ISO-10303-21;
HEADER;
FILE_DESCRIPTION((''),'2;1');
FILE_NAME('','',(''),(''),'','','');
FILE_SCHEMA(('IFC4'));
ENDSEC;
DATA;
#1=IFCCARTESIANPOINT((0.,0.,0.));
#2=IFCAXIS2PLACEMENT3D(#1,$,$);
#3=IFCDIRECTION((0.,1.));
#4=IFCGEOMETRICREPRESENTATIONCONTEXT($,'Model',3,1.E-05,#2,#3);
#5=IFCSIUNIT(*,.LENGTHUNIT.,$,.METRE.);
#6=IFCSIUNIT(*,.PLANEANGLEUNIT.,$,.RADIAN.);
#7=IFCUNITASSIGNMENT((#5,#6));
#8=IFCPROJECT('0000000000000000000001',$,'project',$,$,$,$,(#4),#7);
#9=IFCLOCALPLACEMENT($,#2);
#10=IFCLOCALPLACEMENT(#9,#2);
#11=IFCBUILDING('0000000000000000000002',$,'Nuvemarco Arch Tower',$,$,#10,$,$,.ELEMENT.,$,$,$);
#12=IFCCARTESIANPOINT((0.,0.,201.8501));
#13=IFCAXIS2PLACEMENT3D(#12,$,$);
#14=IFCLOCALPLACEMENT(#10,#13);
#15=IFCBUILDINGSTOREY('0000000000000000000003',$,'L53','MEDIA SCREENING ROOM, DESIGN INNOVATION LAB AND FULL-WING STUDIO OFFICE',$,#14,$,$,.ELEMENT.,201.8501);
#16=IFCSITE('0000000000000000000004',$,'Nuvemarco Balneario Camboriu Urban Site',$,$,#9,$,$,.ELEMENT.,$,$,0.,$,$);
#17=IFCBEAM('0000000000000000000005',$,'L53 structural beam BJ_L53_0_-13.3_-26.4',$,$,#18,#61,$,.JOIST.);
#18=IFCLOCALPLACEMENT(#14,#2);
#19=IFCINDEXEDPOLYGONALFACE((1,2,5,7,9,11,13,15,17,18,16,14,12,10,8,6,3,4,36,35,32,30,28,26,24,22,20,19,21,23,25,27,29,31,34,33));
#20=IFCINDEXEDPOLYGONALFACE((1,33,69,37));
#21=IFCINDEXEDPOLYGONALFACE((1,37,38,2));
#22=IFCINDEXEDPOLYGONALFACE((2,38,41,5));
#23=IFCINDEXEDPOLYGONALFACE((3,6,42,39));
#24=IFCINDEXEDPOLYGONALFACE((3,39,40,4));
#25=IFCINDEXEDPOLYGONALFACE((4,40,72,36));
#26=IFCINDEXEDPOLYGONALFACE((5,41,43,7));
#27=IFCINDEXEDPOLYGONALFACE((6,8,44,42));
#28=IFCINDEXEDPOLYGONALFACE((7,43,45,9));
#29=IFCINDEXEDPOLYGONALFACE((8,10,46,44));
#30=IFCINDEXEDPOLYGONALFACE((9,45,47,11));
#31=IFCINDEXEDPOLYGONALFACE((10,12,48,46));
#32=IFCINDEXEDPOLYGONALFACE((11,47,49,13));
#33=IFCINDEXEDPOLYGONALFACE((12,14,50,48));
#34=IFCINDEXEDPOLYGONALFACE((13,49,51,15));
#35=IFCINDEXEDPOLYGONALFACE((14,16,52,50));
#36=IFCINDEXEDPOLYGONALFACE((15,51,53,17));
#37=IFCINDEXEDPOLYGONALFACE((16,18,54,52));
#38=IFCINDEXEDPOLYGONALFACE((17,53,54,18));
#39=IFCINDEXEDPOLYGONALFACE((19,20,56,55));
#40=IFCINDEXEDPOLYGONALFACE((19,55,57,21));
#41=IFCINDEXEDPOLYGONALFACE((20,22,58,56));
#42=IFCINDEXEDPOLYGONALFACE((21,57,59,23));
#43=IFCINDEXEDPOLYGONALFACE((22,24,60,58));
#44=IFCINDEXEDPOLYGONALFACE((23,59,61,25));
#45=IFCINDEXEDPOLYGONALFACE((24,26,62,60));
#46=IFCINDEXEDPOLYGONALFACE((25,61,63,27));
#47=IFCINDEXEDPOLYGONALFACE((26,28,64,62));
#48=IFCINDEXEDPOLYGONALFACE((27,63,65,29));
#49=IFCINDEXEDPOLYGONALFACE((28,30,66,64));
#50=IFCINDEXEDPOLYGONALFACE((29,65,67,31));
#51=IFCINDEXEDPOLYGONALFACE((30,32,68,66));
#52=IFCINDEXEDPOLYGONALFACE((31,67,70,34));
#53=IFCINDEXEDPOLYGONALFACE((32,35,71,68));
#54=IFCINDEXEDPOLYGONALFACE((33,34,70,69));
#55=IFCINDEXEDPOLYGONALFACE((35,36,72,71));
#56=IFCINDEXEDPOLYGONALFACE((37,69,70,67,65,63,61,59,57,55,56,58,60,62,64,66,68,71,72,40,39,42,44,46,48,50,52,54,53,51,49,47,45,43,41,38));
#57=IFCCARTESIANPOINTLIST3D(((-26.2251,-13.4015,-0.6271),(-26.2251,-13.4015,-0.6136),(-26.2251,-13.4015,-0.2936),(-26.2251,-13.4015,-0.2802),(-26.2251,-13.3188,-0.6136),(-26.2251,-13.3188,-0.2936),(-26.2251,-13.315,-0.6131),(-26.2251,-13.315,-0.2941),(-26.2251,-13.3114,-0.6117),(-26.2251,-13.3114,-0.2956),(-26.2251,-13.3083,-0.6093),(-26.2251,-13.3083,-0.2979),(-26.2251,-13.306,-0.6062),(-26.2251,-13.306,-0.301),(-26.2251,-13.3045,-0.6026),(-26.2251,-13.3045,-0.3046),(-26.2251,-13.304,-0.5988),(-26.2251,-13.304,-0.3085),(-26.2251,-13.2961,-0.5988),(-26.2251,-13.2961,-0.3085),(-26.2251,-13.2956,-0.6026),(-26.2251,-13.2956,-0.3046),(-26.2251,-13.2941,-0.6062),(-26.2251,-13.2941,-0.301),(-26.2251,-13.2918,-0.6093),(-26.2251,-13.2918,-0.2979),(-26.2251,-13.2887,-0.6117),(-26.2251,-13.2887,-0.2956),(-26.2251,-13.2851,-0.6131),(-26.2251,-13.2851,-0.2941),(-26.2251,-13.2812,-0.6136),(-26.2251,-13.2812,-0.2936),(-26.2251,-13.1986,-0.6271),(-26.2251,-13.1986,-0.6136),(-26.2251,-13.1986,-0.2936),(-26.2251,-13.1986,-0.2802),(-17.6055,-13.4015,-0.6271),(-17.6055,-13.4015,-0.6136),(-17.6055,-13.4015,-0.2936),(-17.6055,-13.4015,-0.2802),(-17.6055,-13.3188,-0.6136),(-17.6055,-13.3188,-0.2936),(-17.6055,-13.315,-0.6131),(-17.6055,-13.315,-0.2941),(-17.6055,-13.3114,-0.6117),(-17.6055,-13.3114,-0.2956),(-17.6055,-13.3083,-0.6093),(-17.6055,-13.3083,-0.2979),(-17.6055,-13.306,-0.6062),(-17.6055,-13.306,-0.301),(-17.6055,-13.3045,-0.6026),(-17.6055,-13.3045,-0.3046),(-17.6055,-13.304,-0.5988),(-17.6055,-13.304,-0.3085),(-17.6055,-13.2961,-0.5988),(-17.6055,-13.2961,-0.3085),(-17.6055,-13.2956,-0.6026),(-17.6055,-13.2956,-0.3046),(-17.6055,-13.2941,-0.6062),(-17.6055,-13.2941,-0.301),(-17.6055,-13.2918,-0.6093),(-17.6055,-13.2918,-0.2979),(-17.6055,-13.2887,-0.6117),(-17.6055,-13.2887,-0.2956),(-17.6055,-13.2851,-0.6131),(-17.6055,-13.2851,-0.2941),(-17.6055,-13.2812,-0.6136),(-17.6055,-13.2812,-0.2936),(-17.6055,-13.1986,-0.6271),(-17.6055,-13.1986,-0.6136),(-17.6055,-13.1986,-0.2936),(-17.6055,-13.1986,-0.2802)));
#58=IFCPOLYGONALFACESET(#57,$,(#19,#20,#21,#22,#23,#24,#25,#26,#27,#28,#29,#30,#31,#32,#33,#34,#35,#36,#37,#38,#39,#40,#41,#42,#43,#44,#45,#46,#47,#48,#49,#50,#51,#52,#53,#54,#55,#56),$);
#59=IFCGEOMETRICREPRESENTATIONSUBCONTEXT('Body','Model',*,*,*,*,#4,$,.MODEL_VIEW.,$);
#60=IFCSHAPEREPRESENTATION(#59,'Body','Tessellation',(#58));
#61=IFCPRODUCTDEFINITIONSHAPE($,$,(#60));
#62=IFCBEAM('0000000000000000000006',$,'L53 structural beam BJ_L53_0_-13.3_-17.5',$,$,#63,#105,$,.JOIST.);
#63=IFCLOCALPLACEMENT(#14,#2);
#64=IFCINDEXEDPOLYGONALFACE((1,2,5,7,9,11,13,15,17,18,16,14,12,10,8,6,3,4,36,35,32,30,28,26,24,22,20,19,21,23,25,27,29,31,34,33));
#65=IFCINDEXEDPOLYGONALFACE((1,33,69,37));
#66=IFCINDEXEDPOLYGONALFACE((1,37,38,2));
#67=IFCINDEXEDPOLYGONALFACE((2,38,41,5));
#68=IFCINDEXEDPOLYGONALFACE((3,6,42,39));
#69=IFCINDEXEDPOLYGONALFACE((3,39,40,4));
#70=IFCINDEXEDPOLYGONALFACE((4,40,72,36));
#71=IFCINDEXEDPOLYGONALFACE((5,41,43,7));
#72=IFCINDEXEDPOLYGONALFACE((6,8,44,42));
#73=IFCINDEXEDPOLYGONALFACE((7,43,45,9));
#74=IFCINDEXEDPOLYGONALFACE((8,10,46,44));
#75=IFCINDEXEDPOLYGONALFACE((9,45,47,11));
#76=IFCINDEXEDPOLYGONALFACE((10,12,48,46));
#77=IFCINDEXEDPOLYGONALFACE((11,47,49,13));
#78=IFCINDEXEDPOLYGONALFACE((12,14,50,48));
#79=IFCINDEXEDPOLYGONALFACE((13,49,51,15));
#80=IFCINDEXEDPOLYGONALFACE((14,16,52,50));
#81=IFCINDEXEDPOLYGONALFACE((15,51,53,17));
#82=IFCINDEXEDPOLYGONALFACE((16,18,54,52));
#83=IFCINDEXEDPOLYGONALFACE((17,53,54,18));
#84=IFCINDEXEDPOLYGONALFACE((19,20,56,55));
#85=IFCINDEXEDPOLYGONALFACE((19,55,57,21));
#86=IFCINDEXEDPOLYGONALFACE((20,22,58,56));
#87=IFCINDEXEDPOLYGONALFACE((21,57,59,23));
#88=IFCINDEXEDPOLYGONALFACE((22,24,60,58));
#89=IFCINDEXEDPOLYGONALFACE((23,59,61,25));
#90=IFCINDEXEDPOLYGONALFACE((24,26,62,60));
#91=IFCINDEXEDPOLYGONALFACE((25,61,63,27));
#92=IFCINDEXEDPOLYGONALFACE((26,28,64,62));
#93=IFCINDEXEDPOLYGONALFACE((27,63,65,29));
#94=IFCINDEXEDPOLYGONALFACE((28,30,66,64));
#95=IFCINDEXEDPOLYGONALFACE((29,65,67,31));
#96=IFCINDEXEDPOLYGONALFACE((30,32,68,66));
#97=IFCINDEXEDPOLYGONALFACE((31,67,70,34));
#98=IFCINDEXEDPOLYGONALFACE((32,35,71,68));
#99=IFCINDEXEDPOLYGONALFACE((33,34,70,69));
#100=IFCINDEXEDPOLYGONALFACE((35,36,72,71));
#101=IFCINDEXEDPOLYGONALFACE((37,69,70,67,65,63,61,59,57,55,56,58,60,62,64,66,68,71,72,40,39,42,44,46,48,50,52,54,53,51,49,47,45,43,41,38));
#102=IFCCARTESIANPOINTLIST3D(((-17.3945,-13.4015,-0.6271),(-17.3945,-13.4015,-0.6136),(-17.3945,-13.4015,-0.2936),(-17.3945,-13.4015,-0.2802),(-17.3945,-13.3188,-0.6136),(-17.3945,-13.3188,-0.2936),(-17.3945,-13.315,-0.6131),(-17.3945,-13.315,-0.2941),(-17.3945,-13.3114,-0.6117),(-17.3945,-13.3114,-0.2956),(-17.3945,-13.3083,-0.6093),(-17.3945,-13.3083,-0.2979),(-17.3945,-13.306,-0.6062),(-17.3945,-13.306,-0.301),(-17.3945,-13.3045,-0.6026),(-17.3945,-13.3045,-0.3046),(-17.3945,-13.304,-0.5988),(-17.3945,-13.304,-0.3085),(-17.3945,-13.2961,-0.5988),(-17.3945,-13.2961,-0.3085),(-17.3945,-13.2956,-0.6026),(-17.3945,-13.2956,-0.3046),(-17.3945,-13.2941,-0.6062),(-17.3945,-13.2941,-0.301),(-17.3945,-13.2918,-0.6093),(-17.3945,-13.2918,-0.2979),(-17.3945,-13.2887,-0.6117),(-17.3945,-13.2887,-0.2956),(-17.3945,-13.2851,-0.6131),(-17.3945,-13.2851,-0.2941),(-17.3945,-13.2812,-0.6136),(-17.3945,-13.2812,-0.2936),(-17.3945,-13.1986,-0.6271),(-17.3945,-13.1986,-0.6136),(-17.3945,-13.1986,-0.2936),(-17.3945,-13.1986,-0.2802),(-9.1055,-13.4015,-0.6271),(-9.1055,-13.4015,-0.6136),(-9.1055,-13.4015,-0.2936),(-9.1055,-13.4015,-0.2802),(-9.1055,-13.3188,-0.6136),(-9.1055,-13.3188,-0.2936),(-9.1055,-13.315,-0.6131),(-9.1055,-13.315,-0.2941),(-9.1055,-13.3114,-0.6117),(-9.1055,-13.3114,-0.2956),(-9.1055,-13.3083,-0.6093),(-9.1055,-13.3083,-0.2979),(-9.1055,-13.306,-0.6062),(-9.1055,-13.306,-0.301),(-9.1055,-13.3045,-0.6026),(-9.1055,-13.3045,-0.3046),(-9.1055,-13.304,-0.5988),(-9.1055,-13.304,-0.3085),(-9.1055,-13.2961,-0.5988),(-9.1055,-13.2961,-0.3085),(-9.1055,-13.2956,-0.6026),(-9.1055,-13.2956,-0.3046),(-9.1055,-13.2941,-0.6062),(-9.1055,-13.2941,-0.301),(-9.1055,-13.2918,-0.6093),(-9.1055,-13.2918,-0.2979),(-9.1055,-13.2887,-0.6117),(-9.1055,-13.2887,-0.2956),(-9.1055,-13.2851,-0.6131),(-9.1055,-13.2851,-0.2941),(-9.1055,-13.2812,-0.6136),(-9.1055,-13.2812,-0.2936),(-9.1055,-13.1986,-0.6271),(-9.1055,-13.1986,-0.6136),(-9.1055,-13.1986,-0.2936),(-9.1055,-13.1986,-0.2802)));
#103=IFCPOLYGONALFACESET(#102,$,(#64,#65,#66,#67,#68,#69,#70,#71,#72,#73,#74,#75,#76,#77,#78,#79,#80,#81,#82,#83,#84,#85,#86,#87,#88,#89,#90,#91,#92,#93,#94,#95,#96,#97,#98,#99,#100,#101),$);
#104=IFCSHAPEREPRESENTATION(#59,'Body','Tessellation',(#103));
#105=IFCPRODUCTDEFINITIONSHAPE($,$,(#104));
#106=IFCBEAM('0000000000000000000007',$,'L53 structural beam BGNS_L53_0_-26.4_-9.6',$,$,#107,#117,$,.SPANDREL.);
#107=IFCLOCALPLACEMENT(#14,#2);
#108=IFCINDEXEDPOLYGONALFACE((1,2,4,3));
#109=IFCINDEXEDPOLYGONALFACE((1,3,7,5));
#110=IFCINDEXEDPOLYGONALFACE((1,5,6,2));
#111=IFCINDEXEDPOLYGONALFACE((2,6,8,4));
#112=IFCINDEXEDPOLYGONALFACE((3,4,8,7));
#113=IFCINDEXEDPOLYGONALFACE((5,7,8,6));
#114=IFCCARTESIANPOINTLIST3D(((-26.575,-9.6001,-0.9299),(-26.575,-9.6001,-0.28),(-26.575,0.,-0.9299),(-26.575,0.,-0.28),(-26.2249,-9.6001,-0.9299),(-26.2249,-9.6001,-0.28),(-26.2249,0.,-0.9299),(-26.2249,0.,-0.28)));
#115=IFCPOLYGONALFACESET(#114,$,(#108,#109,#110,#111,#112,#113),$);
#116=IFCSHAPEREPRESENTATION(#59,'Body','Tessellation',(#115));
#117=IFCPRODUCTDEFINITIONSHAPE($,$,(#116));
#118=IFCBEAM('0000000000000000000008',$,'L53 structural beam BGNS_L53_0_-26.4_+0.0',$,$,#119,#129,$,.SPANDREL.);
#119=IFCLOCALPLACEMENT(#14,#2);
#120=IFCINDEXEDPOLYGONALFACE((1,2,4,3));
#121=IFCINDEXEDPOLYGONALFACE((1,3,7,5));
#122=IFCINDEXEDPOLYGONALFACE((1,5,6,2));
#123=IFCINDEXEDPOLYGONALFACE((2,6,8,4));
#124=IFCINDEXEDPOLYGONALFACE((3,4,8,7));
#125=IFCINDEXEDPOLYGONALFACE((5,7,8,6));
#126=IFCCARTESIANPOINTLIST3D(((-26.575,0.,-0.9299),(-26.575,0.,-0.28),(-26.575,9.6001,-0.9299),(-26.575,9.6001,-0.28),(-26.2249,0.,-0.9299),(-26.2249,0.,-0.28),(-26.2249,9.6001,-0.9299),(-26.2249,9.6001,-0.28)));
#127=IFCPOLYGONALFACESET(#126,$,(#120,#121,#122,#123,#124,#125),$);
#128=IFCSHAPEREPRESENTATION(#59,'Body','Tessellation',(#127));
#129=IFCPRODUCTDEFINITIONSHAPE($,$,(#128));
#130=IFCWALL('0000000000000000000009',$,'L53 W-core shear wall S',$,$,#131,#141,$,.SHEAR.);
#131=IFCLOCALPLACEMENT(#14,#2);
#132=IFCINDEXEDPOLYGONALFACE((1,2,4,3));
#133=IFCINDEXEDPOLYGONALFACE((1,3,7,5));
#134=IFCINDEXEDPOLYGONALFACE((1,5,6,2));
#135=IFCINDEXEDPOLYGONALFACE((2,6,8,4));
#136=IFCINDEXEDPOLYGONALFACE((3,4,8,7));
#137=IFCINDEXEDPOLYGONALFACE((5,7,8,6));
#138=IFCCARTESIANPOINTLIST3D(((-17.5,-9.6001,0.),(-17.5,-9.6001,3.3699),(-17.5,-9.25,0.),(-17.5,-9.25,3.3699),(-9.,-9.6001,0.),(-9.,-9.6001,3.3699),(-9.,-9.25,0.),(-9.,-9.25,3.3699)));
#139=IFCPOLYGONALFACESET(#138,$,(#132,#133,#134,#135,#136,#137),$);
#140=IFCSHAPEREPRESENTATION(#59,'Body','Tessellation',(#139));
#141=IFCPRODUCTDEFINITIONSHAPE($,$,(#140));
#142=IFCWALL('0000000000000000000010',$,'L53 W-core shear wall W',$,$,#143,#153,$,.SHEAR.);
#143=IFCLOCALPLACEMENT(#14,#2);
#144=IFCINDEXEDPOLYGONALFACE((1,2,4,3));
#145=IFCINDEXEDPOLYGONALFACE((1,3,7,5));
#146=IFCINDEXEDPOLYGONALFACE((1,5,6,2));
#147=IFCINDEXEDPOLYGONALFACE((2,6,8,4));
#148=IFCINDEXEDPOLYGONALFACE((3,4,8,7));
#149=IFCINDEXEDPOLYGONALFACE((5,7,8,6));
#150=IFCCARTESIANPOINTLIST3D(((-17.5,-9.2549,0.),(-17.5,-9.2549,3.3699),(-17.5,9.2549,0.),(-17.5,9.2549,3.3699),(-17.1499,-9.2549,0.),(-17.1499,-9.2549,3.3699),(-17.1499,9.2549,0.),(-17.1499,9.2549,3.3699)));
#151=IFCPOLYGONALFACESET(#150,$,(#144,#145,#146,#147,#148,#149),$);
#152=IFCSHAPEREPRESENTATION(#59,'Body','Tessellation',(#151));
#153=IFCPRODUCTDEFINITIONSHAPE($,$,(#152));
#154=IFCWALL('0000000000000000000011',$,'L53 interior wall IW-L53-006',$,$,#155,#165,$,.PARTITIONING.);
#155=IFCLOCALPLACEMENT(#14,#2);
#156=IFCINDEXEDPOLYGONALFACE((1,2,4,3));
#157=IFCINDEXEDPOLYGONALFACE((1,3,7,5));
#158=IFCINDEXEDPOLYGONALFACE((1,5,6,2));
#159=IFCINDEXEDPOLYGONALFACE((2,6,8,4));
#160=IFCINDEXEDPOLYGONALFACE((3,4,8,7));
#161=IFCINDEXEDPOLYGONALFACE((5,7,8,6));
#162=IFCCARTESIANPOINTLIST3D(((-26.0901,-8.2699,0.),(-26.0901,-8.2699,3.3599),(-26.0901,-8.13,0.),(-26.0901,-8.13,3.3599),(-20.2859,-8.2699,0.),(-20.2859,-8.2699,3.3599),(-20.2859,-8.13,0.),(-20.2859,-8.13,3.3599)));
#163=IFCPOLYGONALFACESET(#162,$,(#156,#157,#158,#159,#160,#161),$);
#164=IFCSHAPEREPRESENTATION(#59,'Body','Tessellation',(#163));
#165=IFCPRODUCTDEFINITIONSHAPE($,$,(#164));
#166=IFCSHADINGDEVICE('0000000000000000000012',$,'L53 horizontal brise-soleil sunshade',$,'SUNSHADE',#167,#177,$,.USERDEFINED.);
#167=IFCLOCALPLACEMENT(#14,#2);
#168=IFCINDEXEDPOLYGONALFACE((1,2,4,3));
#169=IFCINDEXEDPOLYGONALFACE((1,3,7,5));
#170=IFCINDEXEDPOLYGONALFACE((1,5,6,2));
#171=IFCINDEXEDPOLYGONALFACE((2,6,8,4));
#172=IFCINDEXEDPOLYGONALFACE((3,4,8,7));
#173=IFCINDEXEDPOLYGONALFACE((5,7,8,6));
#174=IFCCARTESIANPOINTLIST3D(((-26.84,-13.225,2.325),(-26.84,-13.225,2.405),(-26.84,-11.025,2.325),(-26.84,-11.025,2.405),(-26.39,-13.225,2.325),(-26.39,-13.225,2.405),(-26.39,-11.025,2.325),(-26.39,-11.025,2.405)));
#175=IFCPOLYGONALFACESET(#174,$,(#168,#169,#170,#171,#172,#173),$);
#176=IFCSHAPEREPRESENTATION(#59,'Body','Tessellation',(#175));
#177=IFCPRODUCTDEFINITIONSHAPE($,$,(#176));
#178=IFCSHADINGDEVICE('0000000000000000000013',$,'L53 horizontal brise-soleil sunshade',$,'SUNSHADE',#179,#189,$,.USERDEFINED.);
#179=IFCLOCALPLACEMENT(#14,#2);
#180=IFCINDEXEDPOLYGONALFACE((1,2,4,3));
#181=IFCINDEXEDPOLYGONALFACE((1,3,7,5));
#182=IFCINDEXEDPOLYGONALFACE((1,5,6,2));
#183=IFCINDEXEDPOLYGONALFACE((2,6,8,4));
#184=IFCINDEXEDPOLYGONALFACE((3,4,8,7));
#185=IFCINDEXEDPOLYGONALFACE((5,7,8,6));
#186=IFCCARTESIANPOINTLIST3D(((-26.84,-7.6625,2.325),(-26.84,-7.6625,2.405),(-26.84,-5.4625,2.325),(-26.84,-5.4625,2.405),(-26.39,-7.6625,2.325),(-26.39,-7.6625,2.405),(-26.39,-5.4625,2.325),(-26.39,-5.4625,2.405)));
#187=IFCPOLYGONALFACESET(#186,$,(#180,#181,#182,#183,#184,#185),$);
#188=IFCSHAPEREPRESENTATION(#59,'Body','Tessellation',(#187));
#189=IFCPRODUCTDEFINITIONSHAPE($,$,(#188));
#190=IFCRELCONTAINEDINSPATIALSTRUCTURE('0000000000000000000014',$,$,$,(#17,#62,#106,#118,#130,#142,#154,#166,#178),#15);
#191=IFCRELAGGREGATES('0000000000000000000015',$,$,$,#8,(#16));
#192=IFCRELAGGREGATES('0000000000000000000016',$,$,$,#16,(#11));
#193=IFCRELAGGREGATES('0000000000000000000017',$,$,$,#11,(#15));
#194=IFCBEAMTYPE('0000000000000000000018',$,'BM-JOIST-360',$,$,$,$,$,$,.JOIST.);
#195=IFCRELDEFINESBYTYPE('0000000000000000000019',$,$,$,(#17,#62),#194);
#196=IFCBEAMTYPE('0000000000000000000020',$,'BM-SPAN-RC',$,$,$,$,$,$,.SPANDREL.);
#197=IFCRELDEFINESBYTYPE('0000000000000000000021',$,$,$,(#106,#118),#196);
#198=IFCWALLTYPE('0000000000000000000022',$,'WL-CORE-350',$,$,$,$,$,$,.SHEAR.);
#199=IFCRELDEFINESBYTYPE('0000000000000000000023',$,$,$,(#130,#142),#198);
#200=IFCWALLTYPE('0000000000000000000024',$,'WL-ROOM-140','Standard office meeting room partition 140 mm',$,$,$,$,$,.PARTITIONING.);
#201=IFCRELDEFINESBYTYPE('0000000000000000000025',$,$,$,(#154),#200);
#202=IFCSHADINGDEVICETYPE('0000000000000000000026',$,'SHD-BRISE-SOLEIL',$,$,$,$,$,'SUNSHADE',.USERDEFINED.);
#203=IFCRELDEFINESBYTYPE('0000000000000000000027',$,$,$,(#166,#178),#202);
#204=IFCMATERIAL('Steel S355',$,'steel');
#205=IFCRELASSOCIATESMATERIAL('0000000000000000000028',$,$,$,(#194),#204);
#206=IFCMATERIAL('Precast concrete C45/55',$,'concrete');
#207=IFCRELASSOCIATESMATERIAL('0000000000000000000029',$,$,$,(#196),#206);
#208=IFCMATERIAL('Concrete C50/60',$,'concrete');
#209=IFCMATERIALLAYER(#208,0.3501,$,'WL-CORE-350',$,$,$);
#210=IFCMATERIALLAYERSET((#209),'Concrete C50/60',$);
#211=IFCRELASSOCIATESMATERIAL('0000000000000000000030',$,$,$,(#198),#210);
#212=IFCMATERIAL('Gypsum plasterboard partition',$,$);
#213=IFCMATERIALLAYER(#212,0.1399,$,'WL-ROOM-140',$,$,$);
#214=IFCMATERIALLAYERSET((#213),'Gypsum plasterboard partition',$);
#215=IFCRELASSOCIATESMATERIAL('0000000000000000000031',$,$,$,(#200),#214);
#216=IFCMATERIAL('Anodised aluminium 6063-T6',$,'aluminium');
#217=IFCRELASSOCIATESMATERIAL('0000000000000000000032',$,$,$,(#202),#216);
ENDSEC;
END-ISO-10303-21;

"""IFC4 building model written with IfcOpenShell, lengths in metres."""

from ifc_helpers import new_model, si_unit, direction, frame, frame_2d, origin, origin_2d, place, context, subcontext, project, spatial, rectangle, i_section, extrude, source, transform, mapped, material, layer, layer_set, material_profile, profile_set, type_object, type_shapes, element, save


model = new_model("IFC4")

# Units and contexts
model_context = context("Model", 3, precision=1e-05, world=origin(), true_north=direction((0.0, 1.0)))
body_context = subcontext(model_context, "Body", "Model", "MODEL_VIEW")
ifc_project = project(units=[si_unit("LENGTHUNIT", "METRE"), si_unit("PLANEANGLEUNIT", "RADIAN")], contexts=[model_context])

# Site, building, storey
site_placement = place(None, origin())
site = spatial("IfcSite", under=ifc_project, at=site_placement, Name="Nuvemarco Balneario Camboriu Urban Site", CompositionType="ELEMENT", RefElevation=0.0)
building_placement = place(site_placement, origin())
building = spatial("IfcBuilding", under=site, at=building_placement, Name="Nuvemarco Arch Tower", CompositionType="ELEMENT")
storey_placement = place(building_placement, frame((0.0, 0.0, 201.8501)))
storey = spatial("IfcBuildingStorey", under=building, at=storey_placement, Name="L53", Description="MEDIA SCREENING ROOM, DESIGN INNOVATION LAB AND FULL-WING STUDIO OFFICE", CompositionType="ELEMENT", Elevation=201.8501)

# Shared definitions
ifc_material_1 = material(Name="Concrete C50/60", Category="concrete")
ifc_material_2 = material(Name="Steel S355", Category="steel")

# Beams
ifc_material_profile_1 = material_profile(ifc_material_2, i_section(OverallWidth=0.2029, OverallDepth=0.3469, WebThickness=0.0078, FlangeThickness=0.0134, FilletRadius=0.0149, at=origin_2d()), Name="W360x64")
ifc_profile_set_1 = profile_set([ifc_material_profile_1], Name="Steel S355")
beam_type_1 = type_object("IfcBeamType", Name="BM-JOIST-360", PredefinedType="JOIST", material=ifc_profile_set_1)
beam_1_placement = place(storey_placement, frame((-26.2251, -13.3, -0.4536), z_axis=(1.0, 0.0, 0.0), x_axis=(0.0, 1.0, 0.0)))
element("IfcBeam", 1, at=beam_1_placement, inside=storey, type_object=beam_type_1, Name="L53 structural beam BJ_L53_0_-13.3_-26.4", PredefinedType="JOIST", context=body_context, shape_type="SweptSolid", body=[
    extrude(i_section(OverallWidth=0.2029, OverallDepth=0.3469, WebThickness=0.0078, FlangeThickness=0.0134, FilletRadius=0.0149, at=origin_2d()), origin(), (0.0, 0.0, 1.0), 8.6196),
])
beam_2_placement = place(storey_placement, frame((-17.3945, -13.3, -0.4536), z_axis=(1.0, 0.0, 0.0), x_axis=(0.0, 1.0, 0.0)))
element("IfcBeam", 2, at=beam_2_placement, inside=storey, type_object=beam_type_1, Name="L53 structural beam BJ_L53_0_-13.3_-17.5", PredefinedType="JOIST", context=body_context, shape_type="SweptSolid", body=[
    extrude(i_section(OverallWidth=0.2029, OverallDepth=0.3469, WebThickness=0.0078, FlangeThickness=0.0134, FilletRadius=0.0149, at=origin_2d()), origin(), (0.0, 0.0, 1.0), 8.2891),
])
ifc_material_3 = material(Name="Precast concrete C45/55", Category="concrete")
ifc_material_profile_2 = material_profile(ifc_material_3, rectangle(XDim=0.3501, YDim=0.6499, at=origin_2d()), Name="PC-SP-350x650")
ifc_profile_set_2 = profile_set([ifc_material_profile_2], Name="Precast concrete C45/55")
beam_type_2 = type_object("IfcBeamType", Name="BM-SPAN-RC", PredefinedType="SPANDREL", material=ifc_profile_set_2)
for number, where, z_axis, x_axis, name in (
    (3, (-26.3999, -9.6001, -0.605), (0.0, 1.0, 0.0), (-1.0, 0.0, 0.0), "L53 structural beam BGNS_L53_0_-26.4_-9.6"),
    (4, (-26.3999, 0.0, -0.605), (0.0, 1.0, 0.0), (-1.0, 0.0, 0.0), "L53 structural beam BGNS_L53_0_-26.4_+0.0"),
):
    element("IfcBeam", number, at=place(storey_placement, frame(where, z_axis=z_axis, x_axis=x_axis)), inside=storey, type_object=beam_type_2, Name=name, PredefinedType="SPANDREL", context=body_context, shape_type="SweptSolid", body=[
        extrude(rectangle(XDim=0.3501, YDim=0.6499, at=origin_2d()), origin(), (0.0, 0.0, 1.0), 9.6001),
    ])

# Walls
ifc_layer_1 = layer(ifc_material_1, 0.3501, Name="WL-CORE-350")
ifc_layer_set_1 = layer_set([ifc_layer_1], Name="Concrete C50/60")
wall_type_1 = type_object("IfcWallType", Name="WL-CORE-350", PredefinedType="SHEAR", material=ifc_layer_set_1)
wall_1_placement = place(storey_placement, frame((-17.5, -9.425, 0.0), z_axis=(0.0, 0.0, 1.0), x_axis=(1.0, 0.0, 0.0)))
element("IfcWall", 5, at=wall_1_placement, inside=storey, type_object=wall_type_1, Name="L53 W-core shear wall S", PredefinedType="SHEAR", context=body_context, shape_type="SweptSolid", body=[
    extrude(rectangle(XDim=8.5, YDim=0.3501, at=frame_2d((4.25, 0.0))), origin(), (0.0, 0.0, 1.0), 3.3699),
])
wall_2_placement = place(storey_placement, frame((-17.325, -9.2549, 0.0), z_axis=(0.0, 0.0, 1.0), x_axis=(0.0, 1.0, 0.0)))
element("IfcWall", 6, at=wall_2_placement, inside=storey, type_object=wall_type_1, Name="L53 W-core shear wall W", PredefinedType="SHEAR", context=body_context, shape_type="SweptSolid", body=[
    extrude(rectangle(XDim=18.5098, YDim=0.3501, at=frame_2d((9.2549, 0.0))), origin(), (0.0, 0.0, 1.0), 3.3699),
])
ifc_material_4 = material(Name="Gypsum plasterboard partition")
ifc_layer_2 = layer(ifc_material_4, 0.1399, Name="WL-ROOM-140")
ifc_layer_set_2 = layer_set([ifc_layer_2], Name="Gypsum plasterboard partition")
wall_type_2 = type_object("IfcWallType", Name="WL-ROOM-140", Description="Standard office meeting room partition 140 mm", PredefinedType="PARTITIONING", material=ifc_layer_set_2)
wall_3_placement = place(storey_placement, frame((-26.0901, -8.2, 0.0), z_axis=(0.0, 0.0, 1.0), x_axis=(1.0, 0.0, 0.0)))
element("IfcWall", 7, at=wall_3_placement, inside=storey, type_object=wall_type_2, Name="L53 interior wall IW-L53-006", PredefinedType="PARTITIONING", context=body_context, shape_type="SweptSolid", body=[
    extrude(rectangle(XDim=5.8042, YDim=0.1399, at=frame_2d((2.9021, 0.0))), origin(), (0.0, 0.0, 1.0), 3.3599),
])

# Shading devices
ifc_material_5 = material(Name="Anodised aluminium 6063-T6", Category="aluminium")
shading_device_type = type_object("IfcShadingDeviceType", Name="SHD-BRISE-SOLEIL", ElementType="SUNSHADE", PredefinedType="USERDEFINED", material=ifc_material_5)
shared_shape = source(origin(), body_context, "Body", "SweptSolid", [
    extrude(rectangle(XDim=2.2, YDim=0.45, at=origin_2d()), origin(), (0.0, 0.0, 1.0), 0.0801),
])
type_shapes(shading_device_type, [shared_shape])
for number, where, z_axis, x_axis, name in (
    (8, (-26.615, -12.125, 2.325), (0.0, 0.0, 1.0), (0.0, 1.0, 0.0), "L53 horizontal brise-soleil sunshade"),
    (9, (-26.615, -6.5625, 2.325), (0.0, 0.0, 1.0), (0.0, 1.0, 0.0), "L53 horizontal brise-soleil sunshade"),
):
    element("IfcShadingDevice", number, at=place(storey_placement, frame(where, z_axis=z_axis, x_axis=x_axis)), inside=storey, type_object=shading_device_type, Name=name, ObjectType="SUNSHADE", PredefinedType="USERDEFINED", context=body_context, shape_type="MappedRepresentation", body=[
        mapped(shared_shape, transform((0.0, 0.0, 0.0), scale=1.0)),
    ])

save(model, "model.ifc")
